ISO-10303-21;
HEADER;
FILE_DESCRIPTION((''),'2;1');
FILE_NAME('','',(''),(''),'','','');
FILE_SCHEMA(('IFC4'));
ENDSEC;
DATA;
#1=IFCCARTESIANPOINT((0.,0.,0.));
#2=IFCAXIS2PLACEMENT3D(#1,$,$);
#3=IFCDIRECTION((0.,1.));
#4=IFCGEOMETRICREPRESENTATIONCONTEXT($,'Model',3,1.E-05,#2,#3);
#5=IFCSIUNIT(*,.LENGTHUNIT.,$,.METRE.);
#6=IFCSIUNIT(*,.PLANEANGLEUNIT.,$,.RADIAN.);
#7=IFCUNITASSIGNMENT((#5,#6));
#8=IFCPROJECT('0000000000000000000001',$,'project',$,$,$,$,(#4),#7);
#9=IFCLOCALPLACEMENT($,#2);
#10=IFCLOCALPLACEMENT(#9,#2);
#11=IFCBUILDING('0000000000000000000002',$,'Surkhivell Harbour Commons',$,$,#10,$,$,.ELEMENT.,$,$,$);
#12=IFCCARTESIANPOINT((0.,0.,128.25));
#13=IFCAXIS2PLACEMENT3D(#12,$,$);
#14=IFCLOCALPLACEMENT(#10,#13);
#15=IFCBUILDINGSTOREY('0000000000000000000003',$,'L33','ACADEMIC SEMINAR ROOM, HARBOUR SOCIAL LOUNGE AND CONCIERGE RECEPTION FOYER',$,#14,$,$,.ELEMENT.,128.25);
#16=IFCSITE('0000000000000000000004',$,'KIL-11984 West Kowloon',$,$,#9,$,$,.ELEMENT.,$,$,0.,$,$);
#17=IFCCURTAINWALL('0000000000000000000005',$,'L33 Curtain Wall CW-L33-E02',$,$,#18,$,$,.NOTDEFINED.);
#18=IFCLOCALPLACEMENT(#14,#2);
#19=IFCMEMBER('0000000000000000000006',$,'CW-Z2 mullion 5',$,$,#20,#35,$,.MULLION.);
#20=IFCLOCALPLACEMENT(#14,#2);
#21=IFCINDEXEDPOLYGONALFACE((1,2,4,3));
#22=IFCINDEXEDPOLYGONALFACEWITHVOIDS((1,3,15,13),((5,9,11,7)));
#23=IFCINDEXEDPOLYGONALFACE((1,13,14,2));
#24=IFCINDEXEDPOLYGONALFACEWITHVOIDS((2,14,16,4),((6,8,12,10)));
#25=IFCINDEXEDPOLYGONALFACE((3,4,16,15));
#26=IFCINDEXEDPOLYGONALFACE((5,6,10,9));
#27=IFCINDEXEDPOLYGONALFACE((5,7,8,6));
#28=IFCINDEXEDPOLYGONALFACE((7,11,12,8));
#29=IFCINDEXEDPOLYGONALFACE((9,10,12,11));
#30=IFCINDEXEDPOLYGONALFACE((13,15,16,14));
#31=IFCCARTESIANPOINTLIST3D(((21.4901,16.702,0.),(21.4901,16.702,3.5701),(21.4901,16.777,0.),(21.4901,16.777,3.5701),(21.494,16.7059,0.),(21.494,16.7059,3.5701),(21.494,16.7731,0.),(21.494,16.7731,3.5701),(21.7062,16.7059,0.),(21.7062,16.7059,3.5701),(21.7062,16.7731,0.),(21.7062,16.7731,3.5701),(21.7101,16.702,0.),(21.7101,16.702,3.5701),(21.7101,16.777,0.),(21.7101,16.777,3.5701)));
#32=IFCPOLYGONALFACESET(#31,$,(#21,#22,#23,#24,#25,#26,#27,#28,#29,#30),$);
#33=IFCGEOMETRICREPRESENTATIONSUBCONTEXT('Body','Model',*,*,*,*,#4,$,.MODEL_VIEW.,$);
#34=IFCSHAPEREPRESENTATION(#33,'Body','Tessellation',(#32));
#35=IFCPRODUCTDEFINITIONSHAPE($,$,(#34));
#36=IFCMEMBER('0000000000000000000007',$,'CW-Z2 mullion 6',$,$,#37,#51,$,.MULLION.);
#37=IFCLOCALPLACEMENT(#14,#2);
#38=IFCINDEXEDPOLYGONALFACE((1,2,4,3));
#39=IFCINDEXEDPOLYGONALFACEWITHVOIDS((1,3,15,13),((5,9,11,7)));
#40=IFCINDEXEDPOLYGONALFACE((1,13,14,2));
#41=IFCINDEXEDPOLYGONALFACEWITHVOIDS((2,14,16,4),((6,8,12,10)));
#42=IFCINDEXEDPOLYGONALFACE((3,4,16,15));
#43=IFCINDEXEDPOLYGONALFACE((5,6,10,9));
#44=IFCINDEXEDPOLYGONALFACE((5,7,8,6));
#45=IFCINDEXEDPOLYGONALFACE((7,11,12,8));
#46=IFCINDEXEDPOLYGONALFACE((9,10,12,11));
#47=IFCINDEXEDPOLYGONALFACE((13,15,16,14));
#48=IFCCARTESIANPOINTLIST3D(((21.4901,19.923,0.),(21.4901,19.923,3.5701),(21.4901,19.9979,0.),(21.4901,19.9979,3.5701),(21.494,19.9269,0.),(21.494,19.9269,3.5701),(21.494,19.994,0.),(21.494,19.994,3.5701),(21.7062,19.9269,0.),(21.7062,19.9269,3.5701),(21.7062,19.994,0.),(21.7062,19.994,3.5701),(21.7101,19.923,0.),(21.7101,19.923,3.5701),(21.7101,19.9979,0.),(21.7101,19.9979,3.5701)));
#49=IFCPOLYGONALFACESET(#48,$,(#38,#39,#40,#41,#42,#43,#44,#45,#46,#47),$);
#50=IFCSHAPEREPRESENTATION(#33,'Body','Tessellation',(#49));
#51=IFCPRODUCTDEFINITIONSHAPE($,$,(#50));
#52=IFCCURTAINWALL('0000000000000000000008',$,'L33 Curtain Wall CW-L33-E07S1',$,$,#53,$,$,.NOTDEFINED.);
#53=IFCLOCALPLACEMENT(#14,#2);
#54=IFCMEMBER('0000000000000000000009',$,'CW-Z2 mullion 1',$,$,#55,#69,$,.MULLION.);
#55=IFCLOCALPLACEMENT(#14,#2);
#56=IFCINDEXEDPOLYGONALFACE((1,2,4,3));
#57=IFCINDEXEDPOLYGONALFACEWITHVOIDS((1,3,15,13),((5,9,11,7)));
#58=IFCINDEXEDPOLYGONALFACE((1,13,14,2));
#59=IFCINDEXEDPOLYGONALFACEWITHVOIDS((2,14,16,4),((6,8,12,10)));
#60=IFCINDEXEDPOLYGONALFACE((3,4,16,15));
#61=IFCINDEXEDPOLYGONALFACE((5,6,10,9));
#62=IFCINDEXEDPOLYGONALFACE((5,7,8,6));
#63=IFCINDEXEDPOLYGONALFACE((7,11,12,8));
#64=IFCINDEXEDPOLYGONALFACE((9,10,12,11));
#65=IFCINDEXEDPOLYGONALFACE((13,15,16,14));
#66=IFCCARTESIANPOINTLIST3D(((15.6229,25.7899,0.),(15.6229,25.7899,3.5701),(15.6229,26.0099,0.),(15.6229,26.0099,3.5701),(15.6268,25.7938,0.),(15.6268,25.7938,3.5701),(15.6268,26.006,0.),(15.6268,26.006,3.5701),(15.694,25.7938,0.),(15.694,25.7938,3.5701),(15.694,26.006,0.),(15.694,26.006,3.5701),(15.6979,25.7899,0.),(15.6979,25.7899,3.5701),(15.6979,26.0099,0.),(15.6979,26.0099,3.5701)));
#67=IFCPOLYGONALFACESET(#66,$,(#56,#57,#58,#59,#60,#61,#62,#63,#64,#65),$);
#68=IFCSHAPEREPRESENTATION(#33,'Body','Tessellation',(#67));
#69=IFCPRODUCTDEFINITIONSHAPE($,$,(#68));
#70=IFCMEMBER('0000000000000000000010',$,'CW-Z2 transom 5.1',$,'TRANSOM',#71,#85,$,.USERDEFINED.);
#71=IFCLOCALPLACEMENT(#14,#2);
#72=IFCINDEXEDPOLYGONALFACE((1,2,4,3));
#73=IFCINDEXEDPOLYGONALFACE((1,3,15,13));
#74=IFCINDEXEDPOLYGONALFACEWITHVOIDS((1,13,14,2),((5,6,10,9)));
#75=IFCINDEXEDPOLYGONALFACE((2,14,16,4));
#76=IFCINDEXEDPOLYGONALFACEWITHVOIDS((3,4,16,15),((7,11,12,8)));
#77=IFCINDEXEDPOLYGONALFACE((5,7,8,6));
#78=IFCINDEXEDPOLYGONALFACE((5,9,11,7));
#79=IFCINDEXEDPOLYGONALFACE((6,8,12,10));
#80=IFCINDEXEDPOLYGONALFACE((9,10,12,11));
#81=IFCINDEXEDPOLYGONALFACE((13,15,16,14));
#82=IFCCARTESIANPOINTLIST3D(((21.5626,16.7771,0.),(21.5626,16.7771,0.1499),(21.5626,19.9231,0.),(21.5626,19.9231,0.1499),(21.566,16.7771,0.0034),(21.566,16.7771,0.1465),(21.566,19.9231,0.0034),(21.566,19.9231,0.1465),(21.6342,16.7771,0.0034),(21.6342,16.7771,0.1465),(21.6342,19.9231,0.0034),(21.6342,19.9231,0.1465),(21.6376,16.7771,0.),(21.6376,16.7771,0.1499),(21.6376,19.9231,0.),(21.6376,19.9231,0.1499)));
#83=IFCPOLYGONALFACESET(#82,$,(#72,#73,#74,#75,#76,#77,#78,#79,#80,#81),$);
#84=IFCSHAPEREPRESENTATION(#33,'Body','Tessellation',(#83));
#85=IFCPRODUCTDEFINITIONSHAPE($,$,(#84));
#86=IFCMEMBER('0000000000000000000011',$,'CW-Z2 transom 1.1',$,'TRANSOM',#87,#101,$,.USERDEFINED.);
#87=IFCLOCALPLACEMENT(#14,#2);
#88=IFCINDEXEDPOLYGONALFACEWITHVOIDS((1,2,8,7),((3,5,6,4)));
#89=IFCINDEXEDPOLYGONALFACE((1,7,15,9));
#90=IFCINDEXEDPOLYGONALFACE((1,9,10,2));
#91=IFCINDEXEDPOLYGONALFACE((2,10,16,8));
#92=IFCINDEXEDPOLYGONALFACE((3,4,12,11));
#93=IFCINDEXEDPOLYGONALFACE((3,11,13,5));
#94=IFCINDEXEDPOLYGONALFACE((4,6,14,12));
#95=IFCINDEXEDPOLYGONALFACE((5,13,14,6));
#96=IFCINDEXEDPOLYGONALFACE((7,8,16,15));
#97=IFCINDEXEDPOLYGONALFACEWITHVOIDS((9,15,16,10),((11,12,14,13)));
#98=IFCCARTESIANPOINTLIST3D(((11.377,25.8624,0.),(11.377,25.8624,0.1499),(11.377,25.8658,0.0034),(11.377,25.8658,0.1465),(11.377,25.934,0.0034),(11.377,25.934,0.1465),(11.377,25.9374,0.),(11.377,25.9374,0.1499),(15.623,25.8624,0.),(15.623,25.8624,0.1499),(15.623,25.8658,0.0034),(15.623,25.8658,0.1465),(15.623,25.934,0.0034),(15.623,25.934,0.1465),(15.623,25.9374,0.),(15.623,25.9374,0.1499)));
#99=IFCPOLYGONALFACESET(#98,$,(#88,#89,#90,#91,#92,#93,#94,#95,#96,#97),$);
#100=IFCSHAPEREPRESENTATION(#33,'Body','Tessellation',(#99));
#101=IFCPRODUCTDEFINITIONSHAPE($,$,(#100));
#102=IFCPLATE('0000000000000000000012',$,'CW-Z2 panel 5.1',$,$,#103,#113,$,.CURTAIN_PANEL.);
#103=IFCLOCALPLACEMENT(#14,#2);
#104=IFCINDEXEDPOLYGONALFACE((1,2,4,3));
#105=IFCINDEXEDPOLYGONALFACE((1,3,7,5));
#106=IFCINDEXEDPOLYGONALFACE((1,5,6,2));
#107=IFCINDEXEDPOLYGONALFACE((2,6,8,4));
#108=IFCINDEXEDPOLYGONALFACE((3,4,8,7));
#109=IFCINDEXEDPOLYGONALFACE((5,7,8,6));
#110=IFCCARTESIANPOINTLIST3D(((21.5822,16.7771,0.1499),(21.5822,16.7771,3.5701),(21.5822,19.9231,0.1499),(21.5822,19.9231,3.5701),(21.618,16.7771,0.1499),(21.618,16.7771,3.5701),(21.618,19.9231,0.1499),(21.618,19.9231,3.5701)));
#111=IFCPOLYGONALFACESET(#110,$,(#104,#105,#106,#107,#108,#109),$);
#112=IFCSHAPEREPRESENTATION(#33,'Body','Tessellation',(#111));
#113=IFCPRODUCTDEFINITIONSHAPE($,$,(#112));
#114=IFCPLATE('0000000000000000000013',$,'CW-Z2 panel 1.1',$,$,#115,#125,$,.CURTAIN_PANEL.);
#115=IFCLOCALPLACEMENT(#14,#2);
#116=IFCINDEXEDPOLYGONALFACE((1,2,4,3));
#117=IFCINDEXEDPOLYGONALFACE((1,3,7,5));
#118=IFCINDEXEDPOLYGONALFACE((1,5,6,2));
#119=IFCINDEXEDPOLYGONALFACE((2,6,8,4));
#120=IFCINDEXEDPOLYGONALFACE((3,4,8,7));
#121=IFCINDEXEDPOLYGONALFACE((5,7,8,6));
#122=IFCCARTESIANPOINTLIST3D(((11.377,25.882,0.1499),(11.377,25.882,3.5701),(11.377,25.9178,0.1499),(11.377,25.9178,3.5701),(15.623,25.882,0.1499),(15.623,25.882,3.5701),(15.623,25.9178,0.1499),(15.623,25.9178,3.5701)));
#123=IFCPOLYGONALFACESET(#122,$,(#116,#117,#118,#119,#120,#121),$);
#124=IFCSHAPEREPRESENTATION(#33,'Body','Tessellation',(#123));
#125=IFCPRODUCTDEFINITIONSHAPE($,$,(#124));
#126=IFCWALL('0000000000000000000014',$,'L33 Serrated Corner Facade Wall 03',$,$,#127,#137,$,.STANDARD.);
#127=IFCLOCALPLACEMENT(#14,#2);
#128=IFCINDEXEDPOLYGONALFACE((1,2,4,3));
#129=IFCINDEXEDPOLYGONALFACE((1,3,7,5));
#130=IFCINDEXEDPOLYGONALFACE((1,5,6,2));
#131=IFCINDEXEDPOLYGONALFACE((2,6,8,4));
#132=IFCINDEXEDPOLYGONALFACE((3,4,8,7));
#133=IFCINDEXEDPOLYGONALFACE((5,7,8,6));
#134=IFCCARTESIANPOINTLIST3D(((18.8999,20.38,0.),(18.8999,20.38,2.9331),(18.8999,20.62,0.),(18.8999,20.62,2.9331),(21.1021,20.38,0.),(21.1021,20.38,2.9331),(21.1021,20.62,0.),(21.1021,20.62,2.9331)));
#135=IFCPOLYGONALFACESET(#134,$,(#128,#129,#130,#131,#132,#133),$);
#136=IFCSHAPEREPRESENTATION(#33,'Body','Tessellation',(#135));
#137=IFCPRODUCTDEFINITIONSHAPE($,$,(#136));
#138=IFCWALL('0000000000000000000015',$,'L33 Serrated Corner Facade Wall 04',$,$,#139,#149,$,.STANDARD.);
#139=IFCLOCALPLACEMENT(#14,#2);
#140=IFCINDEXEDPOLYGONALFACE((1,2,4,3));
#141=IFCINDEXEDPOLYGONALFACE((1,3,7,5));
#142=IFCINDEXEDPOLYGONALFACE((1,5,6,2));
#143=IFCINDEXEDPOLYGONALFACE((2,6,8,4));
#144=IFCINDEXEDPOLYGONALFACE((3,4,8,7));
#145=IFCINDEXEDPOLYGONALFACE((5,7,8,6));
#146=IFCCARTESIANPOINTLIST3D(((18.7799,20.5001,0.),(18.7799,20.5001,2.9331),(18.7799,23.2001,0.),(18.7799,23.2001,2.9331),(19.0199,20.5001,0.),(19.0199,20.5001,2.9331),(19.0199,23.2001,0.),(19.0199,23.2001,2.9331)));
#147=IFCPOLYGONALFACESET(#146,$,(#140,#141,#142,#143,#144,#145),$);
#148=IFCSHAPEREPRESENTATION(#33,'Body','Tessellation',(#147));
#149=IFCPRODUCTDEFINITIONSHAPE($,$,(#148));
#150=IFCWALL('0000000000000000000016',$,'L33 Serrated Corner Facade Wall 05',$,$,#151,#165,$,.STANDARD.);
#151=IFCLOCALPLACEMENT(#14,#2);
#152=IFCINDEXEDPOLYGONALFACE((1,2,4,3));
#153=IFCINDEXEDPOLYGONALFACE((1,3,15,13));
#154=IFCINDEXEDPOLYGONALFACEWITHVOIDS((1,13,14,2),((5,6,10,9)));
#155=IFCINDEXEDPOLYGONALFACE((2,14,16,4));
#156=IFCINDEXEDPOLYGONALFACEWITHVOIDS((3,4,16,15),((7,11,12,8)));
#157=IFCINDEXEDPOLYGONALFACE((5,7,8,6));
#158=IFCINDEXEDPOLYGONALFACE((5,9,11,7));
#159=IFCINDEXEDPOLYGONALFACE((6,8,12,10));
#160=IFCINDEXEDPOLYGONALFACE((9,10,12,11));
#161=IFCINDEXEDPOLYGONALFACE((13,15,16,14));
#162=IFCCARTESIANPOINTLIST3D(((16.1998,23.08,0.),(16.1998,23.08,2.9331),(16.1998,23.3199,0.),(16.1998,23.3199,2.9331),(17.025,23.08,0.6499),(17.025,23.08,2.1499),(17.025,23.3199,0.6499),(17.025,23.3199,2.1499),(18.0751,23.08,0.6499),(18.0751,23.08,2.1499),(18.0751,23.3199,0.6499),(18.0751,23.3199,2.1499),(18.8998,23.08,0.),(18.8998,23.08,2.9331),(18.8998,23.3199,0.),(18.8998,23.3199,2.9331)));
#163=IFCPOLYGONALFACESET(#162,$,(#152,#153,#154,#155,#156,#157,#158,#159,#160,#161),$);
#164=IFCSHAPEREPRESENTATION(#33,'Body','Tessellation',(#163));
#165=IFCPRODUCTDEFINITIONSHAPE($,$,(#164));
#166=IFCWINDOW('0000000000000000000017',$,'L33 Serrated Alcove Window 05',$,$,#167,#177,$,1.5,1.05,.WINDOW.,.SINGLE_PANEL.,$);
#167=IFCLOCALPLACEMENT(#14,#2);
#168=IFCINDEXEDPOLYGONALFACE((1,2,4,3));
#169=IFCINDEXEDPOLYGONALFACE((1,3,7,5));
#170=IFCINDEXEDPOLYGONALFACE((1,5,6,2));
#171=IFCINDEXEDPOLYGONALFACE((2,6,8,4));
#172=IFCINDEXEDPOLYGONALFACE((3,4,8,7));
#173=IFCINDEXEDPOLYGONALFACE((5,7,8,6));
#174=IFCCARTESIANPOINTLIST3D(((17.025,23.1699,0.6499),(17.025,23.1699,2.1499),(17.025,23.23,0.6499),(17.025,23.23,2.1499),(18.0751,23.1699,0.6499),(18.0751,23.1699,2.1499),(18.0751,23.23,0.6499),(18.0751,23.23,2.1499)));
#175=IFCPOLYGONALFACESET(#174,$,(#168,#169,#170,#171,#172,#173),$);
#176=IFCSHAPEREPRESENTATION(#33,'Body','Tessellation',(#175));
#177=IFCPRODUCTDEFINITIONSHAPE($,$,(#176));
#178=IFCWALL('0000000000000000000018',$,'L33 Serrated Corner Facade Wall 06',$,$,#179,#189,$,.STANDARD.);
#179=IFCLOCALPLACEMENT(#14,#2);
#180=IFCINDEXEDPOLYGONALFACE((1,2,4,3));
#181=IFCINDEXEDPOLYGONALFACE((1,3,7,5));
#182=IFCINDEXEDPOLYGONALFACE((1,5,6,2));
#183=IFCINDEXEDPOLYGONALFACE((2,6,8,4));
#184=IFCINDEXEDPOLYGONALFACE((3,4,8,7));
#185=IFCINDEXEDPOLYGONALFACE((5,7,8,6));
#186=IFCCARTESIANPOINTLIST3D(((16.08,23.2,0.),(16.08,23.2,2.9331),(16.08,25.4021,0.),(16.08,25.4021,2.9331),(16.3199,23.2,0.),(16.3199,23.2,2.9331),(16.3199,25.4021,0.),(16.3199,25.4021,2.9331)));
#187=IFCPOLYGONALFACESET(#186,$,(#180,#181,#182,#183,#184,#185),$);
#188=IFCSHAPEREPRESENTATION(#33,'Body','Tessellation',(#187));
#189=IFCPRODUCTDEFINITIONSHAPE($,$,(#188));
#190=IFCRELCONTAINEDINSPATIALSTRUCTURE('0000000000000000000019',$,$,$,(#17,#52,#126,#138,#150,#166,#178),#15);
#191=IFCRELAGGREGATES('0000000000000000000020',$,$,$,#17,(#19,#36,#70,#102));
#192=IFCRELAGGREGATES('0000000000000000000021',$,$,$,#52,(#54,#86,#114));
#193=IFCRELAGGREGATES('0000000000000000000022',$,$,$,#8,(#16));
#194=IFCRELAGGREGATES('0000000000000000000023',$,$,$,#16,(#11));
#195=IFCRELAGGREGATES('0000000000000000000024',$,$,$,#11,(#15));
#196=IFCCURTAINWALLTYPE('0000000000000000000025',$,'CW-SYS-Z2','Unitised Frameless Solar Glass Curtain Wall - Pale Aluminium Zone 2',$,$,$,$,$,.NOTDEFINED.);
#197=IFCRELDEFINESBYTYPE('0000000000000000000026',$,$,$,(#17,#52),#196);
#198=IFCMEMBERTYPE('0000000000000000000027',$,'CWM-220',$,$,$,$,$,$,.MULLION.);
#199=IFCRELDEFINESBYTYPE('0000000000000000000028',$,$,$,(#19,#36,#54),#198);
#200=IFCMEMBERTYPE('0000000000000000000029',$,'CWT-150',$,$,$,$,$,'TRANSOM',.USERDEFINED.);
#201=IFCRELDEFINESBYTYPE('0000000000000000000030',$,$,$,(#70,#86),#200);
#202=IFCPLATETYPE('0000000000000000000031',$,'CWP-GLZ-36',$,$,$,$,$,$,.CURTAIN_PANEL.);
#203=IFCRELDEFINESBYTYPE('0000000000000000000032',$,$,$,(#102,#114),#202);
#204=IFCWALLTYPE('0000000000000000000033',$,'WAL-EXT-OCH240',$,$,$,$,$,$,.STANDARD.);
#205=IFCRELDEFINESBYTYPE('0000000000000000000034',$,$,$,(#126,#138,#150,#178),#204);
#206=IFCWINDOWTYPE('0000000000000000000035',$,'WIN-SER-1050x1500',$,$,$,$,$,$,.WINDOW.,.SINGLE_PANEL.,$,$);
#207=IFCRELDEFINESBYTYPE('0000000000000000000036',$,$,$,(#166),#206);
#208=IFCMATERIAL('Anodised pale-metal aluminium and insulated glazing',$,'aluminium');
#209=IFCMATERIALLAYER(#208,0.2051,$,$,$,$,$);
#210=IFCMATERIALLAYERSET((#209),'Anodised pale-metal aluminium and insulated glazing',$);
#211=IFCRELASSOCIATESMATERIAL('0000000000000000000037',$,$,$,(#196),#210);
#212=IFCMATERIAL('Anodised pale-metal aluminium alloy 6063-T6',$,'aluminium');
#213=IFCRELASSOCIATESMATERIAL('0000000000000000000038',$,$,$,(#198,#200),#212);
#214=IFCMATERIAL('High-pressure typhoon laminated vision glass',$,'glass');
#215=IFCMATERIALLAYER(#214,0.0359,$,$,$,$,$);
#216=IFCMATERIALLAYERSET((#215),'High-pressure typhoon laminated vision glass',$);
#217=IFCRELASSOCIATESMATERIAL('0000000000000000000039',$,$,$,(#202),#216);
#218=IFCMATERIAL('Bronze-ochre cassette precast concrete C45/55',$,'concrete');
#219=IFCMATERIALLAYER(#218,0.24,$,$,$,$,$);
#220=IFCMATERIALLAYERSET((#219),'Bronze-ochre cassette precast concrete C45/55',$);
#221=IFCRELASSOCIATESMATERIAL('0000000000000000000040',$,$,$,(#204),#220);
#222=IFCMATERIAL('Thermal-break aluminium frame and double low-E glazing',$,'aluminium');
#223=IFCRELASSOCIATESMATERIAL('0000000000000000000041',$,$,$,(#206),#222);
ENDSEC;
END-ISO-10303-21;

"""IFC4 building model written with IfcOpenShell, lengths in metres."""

from ifc_helpers import new_model, si_unit, direction, frame, frame_2d, origin, origin_2d, place, context, subcontext, project, spatial, rectangle, hollow_rectangle, extrude, material, layer, layer_set, material_profile, profile_set, type_object, element, fill, aggregate, save


model = new_model("IFC4")

# Units and contexts
model_context = context("Model", 3, precision=1e-05, world=origin(), true_north=direction((0.0, 1.0)))
body_context = subcontext(model_context, "Body", "Model", "MODEL_VIEW")
ifc_project = project(units=[si_unit("LENGTHUNIT", "METRE"), si_unit("PLANEANGLEUNIT", "RADIAN")], contexts=[model_context])

# Site, building, storey
site_placement = place(None, origin())
site = spatial("IfcSite", under=ifc_project, at=site_placement, Name="KIL-11984 West Kowloon", CompositionType="ELEMENT", RefElevation=0.0)
building_placement = place(site_placement, origin())
building = spatial("IfcBuilding", under=site, at=building_placement, Name="Surkhivell Harbour Commons", CompositionType="ELEMENT")
storey_placement = place(building_placement, frame((0.0, 0.0, 128.25)))
storey = spatial("IfcBuildingStorey", under=building, at=storey_placement, Name="L33", Description="ACADEMIC SEMINAR ROOM, HARBOUR SOCIAL LOUNGE AND CONCIERGE RECEPTION FOYER", CompositionType="ELEMENT", Elevation=128.25)

# Curtain wall, members
ifc_material_1 = material(Name="Anodised pale-metal aluminium and insulated glazing", Category="aluminium")
ifc_layer_1 = layer(ifc_material_1, 0.2051)
ifc_layer_set_1 = layer_set([ifc_layer_1], Name="Anodised pale-metal aluminium and insulated glazing")
curtain_wall_type = type_object("IfcCurtainWallType", Name="CW-SYS-Z2", Description="Unitised Frameless Solar Glass Curtain Wall - Pale Aluminium Zone 2", PredefinedType="NOTDEFINED", material=ifc_layer_set_1)
curtain_wall_1_placement = place(storey_placement, origin())
curtain_wall_1 = element("IfcCurtainWall", 1, at=curtain_wall_1_placement, inside=storey, type_object=curtain_wall_type, Name="L33 Curtain Wall CW-L33-E02", PredefinedType="NOTDEFINED")
ifc_material_2 = material(Name="Anodised pale-metal aluminium alloy 6063-T6", Category="aluminium")
ifc_material_profile_1 = material_profile(ifc_material_2, hollow_rectangle(XDim=0.075, YDim=0.22, WallThickness=0.0039, at=origin_2d()), Name="ALU-MULL-75x220")
ifc_profile_set_1 = profile_set([ifc_material_profile_1], Name="Anodised pale-metal aluminium alloy 6063-T6")
member_type_1 = type_object("IfcMemberType", Name="CWM-220", PredefinedType="MULLION", material=ifc_profile_set_1)
member_1_placement = place(storey_placement, frame((21.6001, 16.7395, 0.0), z_axis=(0.0, 0.0, 1.0), x_axis=(0.0, 1.0, 0.0)))
member_1 = element("IfcMember", 2, at=member_1_placement, type_object=member_type_1, Name="CW-Z2 mullion 5", PredefinedType="MULLION", context=body_context, shape_type="SweptSolid", body=[
    extrude(hollow_rectangle(XDim=0.075, YDim=0.22, WallThickness=0.0039, at=origin_2d()), origin(), (0.0, 0.0, 1.0), 3.5701),
])
member_2_placement = place(storey_placement, frame((21.6001, 19.9604, 0.0), z_axis=(0.0, 0.0, 1.0), x_axis=(0.0, 1.0, 0.0)))
member_2 = element("IfcMember", 3, at=member_2_placement, type_object=member_type_1, Name="CW-Z2 mullion 6", PredefinedType="MULLION", context=body_context, shape_type="SweptSolid", body=[
    extrude(hollow_rectangle(XDim=0.075, YDim=0.22, WallThickness=0.0039, at=origin_2d()), origin(), (0.0, 0.0, 1.0), 3.5701),
])

# Curtain wall, member
curtain_wall_2_placement = place(storey_placement, origin())
curtain_wall_2 = element("IfcCurtainWall", 4, at=curtain_wall_2_placement, inside=storey, type_object=curtain_wall_type, Name="L33 Curtain Wall CW-L33-E07S1", PredefinedType="NOTDEFINED")
member_3_placement = place(storey_placement, frame((15.6604, 25.8999, 0.0), z_axis=(0.0, 0.0, 1.0), x_axis=(-1.0, 0.0, 0.0)))
member_3 = element("IfcMember", 5, at=member_3_placement, type_object=member_type_1, Name="CW-Z2 mullion 1", PredefinedType="MULLION", context=body_context, shape_type="SweptSolid", body=[
    extrude(hollow_rectangle(XDim=0.075, YDim=0.22, WallThickness=0.0039, at=origin_2d()), origin(), (0.0, 0.0, 1.0), 3.5701),
])

# Members
ifc_material_profile_2 = material_profile(ifc_material_2, hollow_rectangle(XDim=0.075, YDim=0.1499, WallThickness=0.0034, at=origin_2d()), Name="ALU-TRAN-75x150")
ifc_profile_set_2 = profile_set([ifc_material_profile_2], Name="Anodised pale-metal aluminium alloy 6063-T6")
member_type_2 = type_object("IfcMemberType", Name="CWT-150", ElementType="TRANSOM", PredefinedType="USERDEFINED", material=ifc_profile_set_2)
member_4_placement = place(storey_placement, frame((21.6001, 16.7771, 0.075), z_axis=(0.0, 1.0, 0.0), x_axis=(-1.0, 0.0, 0.0)))
member_4 = element("IfcMember", 6, at=member_4_placement, type_object=member_type_2, Name="CW-Z2 transom 5.1", ObjectType="TRANSOM", PredefinedType="USERDEFINED", context=body_context, shape_type="SweptSolid", body=[
    extrude(hollow_rectangle(XDim=0.075, YDim=0.1499, WallThickness=0.0034, at=origin_2d()), origin(), (0.0, 0.0, 1.0), 3.146),
])
member_5_placement = place(storey_placement, frame((15.623, 25.8999, 0.075), z_axis=(-1.0, 0.0, 0.0), x_axis=(0.0, -1.0, 0.0)))
member_5 = element("IfcMember", 7, at=member_5_placement, type_object=member_type_2, Name="CW-Z2 transom 1.1", ObjectType="TRANSOM", PredefinedType="USERDEFINED", context=body_context, shape_type="SweptSolid", body=[
    extrude(hollow_rectangle(XDim=0.075, YDim=0.1499, WallThickness=0.0034, at=origin_2d()), origin(), (0.0, 0.0, 1.0), 4.2461),
])

# Plates
ifc_material_3 = material(Name="High-pressure typhoon laminated vision glass", Category="glass")
ifc_layer_2 = layer(ifc_material_3, 0.0359)
ifc_layer_set_2 = layer_set([ifc_layer_2], Name="High-pressure typhoon laminated vision glass")
plate_type = type_object("IfcPlateType", Name="CWP-GLZ-36", PredefinedType="CURTAIN_PANEL", material=ifc_layer_set_2)
plate_1_placement = place(storey_placement, frame((21.6001, 16.7771, 0.1499), z_axis=(0.0, 0.0, 1.0), x_axis=(0.0, 1.0, 0.0)))
plate_1 = element("IfcPlate", 8, at=plate_1_placement, type_object=plate_type, Name="CW-Z2 panel 5.1", PredefinedType="CURTAIN_PANEL", context=body_context, shape_type="SweptSolid", body=[
    extrude(rectangle(XDim=3.146, YDim=0.0359, at=frame_2d((1.573, 0.0))), origin(), (0.0, 0.0, 1.0), 3.4202),
])
aggregate(curtain_wall_1, [member_1, member_2, member_4, plate_1])
plate_2_placement = place(storey_placement, frame((15.623, 25.8999, 0.1499), z_axis=(0.0, 0.0, 1.0), x_axis=(-1.0, 0.0, 0.0)))
plate_2 = element("IfcPlate", 9, at=plate_2_placement, type_object=plate_type, Name="CW-Z2 panel 1.1", PredefinedType="CURTAIN_PANEL", context=body_context, shape_type="SweptSolid", body=[
    extrude(rectangle(XDim=4.2461, YDim=0.0359, at=frame_2d((2.123, 0.0))), origin(), (0.0, 0.0, 1.0), 3.4202),
])
aggregate(curtain_wall_2, [member_3, member_5, plate_2])

# Walls
ifc_material_4 = material(Name="Bronze-ochre cassette precast concrete C45/55", Category="concrete")
ifc_layer_3 = layer(ifc_material_4, 0.24)
ifc_layer_set_3 = layer_set([ifc_layer_3], Name="Bronze-ochre cassette precast concrete C45/55")
wall_type_1 = type_object("IfcWallType", Name="WAL-EXT-OCH240", PredefinedType="STANDARD", material=ifc_layer_set_3)
wall_1_placement = place(storey_placement, frame((21.1021, 20.5, 0.0), z_axis=(0.0, 0.0, 1.0), x_axis=(-1.0, 0.0, 0.0)))
element("IfcWall", 10, at=wall_1_placement, inside=storey, type_object=wall_type_1, Name="L33 Serrated Corner Facade Wall 03", PredefinedType="STANDARD", context=body_context, shape_type="SweptSolid", body=[
    extrude(rectangle(XDim=2.2021, YDim=0.24, at=frame_2d((1.1011, 0.0))), origin(), (0.0, 0.0, 1.0), 2.9331),
])
wall_2_placement = place(storey_placement, frame((18.8999, 20.5, 0.0), z_axis=(0.0, 0.0, 1.0), x_axis=(0.0, 1.0, 0.0)))
element("IfcWall", 11, at=wall_2_placement, inside=storey, type_object=wall_type_1, Name="L33 Serrated Corner Facade Wall 04", PredefinedType="STANDARD", context=body_context, shape_type="SweptSolid", body=[
    extrude(rectangle(XDim=2.7, YDim=0.24, at=frame_2d((1.3501, 0.0))), origin(), (0.0, 0.0, 1.0), 2.9331),
])

# Wall, opening, window
wall_3_placement = place(storey_placement, frame((18.8999, 23.2, 0.0), z_axis=(0.0, 0.0, 1.0), x_axis=(-1.0, 0.0, 0.0)))
wall_3 = element("IfcWall", 12, at=wall_3_placement, inside=storey, type_object=wall_type_1, Name="L33 Serrated Corner Facade Wall 05", PredefinedType="STANDARD", context=body_context, shape_type="SweptSolid", body=[
    extrude(rectangle(XDim=2.7, YDim=0.24, at=frame_2d((1.3501, 0.0))), origin(), (0.0, 0.0, 1.0), 2.9331),
])
opening_placement = place(wall_3_placement, frame((0.825, 0.0, 0.6499)))
opening = element("IfcOpeningElement", 13, at=opening_placement, cuts=wall_3, PredefinedType="OPENING", context=body_context, shape_type="SweptSolid", body=[
    extrude(rectangle(XDim=1.05, YDim=1.5, at=frame_2d((0.5249, 0.75))), frame((0.0, 0.1299, 0.0), z_axis=(0.0, -1.0, 0.0), x_axis=(1.0, 0.0, 0.0)), (0.0, 0.0, 1.0), 0.26),
])
ifc_material_5 = material(Name="Thermal-break aluminium frame and double low-E glazing", Category="aluminium")
window_type = type_object("IfcWindowType", Name="WIN-SER-1050x1500", PartitioningType="SINGLE_PANEL", PredefinedType="WINDOW", material=ifc_material_5)
window_placement = place(opening_placement, origin())
window = element("IfcWindow", 14, at=window_placement, inside=storey, type_object=window_type, Name="L33 Serrated Alcove Window 05", OverallHeight=1.5, OverallWidth=1.05, PartitioningType="SINGLE_PANEL", PredefinedType="WINDOW", context=body_context, shape_type="SweptSolid", body=[
    extrude(rectangle(XDim=1.05, YDim=1.5, at=frame_2d((0.5249, 0.75))), frame((0.0, 0.03, 0.0), z_axis=(0.0, -1.0, 0.0), x_axis=(1.0, 0.0, 0.0)), (0.0, 0.0, 1.0), 0.0601),
])
fill(opening, window)

# Wall
wall_4_placement = place(storey_placement, frame((16.2, 23.2, 0.0), z_axis=(0.0, 0.0, 1.0), x_axis=(0.0, 1.0, 0.0)))
element("IfcWall", 15, at=wall_4_placement, inside=storey, type_object=wall_type_1, Name="L33 Serrated Corner Facade Wall 06", PredefinedType="STANDARD", context=body_context, shape_type="SweptSolid", body=[
    extrude(rectangle(XDim=2.2021, YDim=0.24, at=frame_2d((1.1011, 0.0))), origin(), (0.0, 0.0, 1.0), 2.9331),
])

save(model, "model.ifc")
